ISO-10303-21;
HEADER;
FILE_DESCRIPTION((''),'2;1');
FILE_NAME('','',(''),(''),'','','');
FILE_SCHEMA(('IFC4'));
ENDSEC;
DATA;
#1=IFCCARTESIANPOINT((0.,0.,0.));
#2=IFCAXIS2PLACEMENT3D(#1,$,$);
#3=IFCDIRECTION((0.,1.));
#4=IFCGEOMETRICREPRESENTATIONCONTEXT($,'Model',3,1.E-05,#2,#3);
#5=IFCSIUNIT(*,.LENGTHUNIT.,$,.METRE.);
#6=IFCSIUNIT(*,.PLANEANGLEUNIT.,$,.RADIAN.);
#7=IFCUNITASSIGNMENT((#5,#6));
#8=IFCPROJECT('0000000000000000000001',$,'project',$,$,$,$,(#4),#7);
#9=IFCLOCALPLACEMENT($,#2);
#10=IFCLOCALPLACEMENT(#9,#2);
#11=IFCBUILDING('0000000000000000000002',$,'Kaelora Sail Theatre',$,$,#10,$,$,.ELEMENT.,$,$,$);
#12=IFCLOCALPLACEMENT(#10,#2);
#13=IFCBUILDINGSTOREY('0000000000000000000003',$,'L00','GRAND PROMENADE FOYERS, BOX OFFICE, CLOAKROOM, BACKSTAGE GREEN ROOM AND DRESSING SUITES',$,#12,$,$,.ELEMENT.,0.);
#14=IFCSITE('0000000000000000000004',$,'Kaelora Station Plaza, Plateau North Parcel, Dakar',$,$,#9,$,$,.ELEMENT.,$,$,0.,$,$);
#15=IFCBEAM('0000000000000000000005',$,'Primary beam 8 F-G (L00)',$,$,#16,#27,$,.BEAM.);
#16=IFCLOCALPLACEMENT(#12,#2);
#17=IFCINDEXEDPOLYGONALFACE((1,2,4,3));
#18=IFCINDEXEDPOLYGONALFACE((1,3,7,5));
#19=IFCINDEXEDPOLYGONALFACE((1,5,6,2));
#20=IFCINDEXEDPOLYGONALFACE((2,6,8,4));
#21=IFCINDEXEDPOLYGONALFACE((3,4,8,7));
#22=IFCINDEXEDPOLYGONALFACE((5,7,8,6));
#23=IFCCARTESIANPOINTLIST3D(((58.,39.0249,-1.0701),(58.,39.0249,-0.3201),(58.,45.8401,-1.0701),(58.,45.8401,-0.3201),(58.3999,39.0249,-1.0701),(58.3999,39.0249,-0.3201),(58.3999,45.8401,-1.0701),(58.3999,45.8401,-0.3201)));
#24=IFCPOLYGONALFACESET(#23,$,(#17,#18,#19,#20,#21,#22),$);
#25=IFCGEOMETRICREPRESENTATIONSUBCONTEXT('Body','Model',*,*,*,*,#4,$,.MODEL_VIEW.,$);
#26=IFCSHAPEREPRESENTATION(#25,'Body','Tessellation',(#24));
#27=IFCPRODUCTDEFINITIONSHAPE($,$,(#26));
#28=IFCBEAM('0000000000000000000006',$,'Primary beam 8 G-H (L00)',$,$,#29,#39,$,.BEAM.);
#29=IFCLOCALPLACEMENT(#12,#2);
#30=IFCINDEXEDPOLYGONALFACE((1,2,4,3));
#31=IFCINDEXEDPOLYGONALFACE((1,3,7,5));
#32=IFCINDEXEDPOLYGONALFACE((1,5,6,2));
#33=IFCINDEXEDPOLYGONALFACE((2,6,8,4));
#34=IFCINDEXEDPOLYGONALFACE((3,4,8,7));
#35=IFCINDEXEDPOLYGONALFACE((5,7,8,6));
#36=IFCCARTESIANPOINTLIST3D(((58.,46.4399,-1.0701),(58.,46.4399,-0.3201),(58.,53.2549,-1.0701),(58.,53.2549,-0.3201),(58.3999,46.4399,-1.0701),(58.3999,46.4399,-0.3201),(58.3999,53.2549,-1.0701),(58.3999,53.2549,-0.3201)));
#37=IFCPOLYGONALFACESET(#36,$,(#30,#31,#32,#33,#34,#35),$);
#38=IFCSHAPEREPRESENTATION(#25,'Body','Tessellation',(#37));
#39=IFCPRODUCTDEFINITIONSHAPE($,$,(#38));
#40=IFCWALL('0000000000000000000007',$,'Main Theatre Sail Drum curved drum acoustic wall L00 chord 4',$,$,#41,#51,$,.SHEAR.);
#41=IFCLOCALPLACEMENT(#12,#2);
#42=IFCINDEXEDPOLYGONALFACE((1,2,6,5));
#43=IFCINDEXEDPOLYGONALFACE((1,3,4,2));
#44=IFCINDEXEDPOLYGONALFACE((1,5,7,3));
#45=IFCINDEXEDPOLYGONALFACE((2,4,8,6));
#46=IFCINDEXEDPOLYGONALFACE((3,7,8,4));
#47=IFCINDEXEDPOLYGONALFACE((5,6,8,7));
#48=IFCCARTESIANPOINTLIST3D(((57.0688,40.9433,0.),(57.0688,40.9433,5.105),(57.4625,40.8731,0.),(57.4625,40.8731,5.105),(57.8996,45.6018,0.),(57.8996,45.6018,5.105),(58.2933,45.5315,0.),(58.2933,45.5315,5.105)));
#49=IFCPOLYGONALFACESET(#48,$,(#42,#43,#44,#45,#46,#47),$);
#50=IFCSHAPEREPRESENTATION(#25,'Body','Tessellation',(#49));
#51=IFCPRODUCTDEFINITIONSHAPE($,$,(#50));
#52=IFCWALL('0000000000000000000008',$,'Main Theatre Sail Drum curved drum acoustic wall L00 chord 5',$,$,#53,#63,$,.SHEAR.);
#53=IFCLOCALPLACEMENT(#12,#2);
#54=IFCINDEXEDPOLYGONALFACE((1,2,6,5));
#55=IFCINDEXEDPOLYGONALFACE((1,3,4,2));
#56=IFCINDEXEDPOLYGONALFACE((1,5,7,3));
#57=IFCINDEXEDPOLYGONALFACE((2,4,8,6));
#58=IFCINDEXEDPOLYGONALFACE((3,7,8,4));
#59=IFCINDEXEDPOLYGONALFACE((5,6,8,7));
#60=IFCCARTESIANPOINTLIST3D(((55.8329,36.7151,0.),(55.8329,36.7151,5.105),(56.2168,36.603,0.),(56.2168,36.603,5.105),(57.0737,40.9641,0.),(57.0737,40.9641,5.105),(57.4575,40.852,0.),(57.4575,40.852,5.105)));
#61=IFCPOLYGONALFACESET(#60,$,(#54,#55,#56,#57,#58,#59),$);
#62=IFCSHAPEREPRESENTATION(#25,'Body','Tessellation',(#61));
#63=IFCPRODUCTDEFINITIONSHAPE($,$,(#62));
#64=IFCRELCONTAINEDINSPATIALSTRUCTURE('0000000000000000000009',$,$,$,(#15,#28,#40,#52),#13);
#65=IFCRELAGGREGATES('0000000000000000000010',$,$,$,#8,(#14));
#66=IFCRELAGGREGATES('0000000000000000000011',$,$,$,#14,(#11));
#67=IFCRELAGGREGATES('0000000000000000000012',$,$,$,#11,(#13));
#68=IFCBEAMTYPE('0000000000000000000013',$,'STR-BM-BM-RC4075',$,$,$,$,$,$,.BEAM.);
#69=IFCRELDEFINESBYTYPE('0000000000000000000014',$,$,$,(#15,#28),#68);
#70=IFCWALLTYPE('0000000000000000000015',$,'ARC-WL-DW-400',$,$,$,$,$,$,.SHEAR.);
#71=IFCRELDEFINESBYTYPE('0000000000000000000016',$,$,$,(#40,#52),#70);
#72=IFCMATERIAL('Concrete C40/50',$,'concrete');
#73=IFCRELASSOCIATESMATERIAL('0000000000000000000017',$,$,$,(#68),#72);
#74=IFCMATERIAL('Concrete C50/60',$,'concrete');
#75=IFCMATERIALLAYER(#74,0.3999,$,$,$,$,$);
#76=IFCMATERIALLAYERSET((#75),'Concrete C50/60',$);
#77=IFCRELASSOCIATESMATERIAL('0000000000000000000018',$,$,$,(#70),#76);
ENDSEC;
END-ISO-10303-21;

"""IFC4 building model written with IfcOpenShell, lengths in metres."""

from ifc_helpers import new_model, si_unit, direction, frame, frame_2d, origin, origin_2d, place, context, subcontext, project, spatial, rectangle, extrude, material, layer, layer_set, material_profile, profile_set, type_object, element, save


model = new_model("IFC4")

# Units and contexts
model_context = context("Model", 3, precision=1e-05, world=origin(), true_north=direction((0.0, 1.0)))
body_context = subcontext(model_context, "Body", "Model", "MODEL_VIEW")
ifc_project = project(units=[si_unit("LENGTHUNIT", "METRE"), si_unit("PLANEANGLEUNIT", "RADIAN")], contexts=[model_context])

# Site, building, storey
site_placement = place(None, origin())
site = spatial("IfcSite", under=ifc_project, at=site_placement, Name="Kaelora Station Plaza, Plateau North Parcel, Dakar", CompositionType="ELEMENT", RefElevation=0.0)
building_placement = place(site_placement, origin())
building = spatial("IfcBuilding", under=site, at=building_placement, Name="Kaelora Sail Theatre", CompositionType="ELEMENT")
storey_placement = place(building_placement, origin())
storey = spatial("IfcBuildingStorey", under=building, at=storey_placement, Name="L00", Description="GRAND PROMENADE FOYERS, BOX OFFICE, CLOAKROOM, BACKSTAGE GREEN ROOM AND DRESSING SUITES", CompositionType="ELEMENT", Elevation=0.0)

# Beams
ifc_material_1 = material(Name="Concrete C40/50", Category="concrete")
ifc_material_profile_1 = material_profile(ifc_material_1, rectangle(XDim=0.3999, YDim=0.75, at=origin_2d()), Name="RC-BM 400x750")
ifc_profile_set_1 = profile_set([ifc_material_profile_1], Name="Concrete C40/50")
beam_type = type_object("IfcBeamType", Name="STR-BM-BM-RC4075", PredefinedType="BEAM", material=ifc_profile_set_1)
beam_1_placement = place(storey_placement, frame((58.2, 39.0249, -0.6951), z_axis=(0.0, 1.0, 0.0), x_axis=(-1.0, 0.0, 0.0)))
element("IfcBeam", 1, at=beam_1_placement, inside=storey, type_object=beam_type, Name="Primary beam 8 F-G (L00)", PredefinedType="BEAM", context=body_context, shape_type="SweptSolid", body=[
    extrude(rectangle(XDim=0.3999, YDim=0.75, at=origin_2d()), origin(), (0.0, 0.0, 1.0), 6.8152),
])
beam_2_placement = place(storey_placement, frame((58.2, 46.4399, -0.6951), z_axis=(0.0, 1.0, 0.0), x_axis=(-1.0, 0.0, 0.0)))
element("IfcBeam", 2, at=beam_2_placement, inside=storey, type_object=beam_type, Name="Primary beam 8 G-H (L00)", PredefinedType="BEAM", context=body_context, shape_type="SweptSolid", body=[
    extrude(rectangle(XDim=0.3999, YDim=0.75, at=origin_2d()), origin(), (0.0, 0.0, 1.0), 6.8149),
])

# Walls
ifc_material_2 = material(Name="Concrete C50/60", Category="concrete")
ifc_layer = layer(ifc_material_2, 0.3999)
ifc_layer_set = layer_set([ifc_layer], Name="Concrete C50/60")
wall_type = type_object("IfcWallType", Name="ARC-WL-DW-400", PredefinedType="SHEAR", material=ifc_layer_set)
wall_1_placement = place(storey_placement, frame((58.0964, 45.5667, 0.0), z_axis=(0.0, 0.0, 1.0), x_axis=(-0.175575, -0.984466, 0.0)))
element("IfcWall", 3, at=wall_1_placement, inside=storey, type_object=wall_type, Name="Main Theatre Sail Drum curved drum acoustic wall L00 chord 4", PredefinedType="SHEAR", context=body_context, shape_type="SweptSolid", body=[
    extrude(rectangle(XDim=4.7319, YDim=0.3999, at=frame_2d((2.366, 0.0))), origin(), (0.0, 0.0, 1.0), 5.105),
])
wall_2_placement = place(storey_placement, frame((57.2656, 40.9082, 0.0), z_axis=(0.0, 0.0, 1.0), x_axis=(-0.280296, -0.959913, 0.0)))
element("IfcWall", 4, at=wall_2_placement, inside=storey, type_object=wall_type, Name="Main Theatre Sail Drum curved drum acoustic wall L00 chord 5", PredefinedType="SHEAR", context=body_context, shape_type="SweptSolid", body=[
    extrude(rectangle(XDim=4.4265, YDim=0.3999, at=frame_2d((2.2134, 0.0))), origin(), (0.0, 0.0, 1.0), 5.105),
])

save(model, "model.ifc")
